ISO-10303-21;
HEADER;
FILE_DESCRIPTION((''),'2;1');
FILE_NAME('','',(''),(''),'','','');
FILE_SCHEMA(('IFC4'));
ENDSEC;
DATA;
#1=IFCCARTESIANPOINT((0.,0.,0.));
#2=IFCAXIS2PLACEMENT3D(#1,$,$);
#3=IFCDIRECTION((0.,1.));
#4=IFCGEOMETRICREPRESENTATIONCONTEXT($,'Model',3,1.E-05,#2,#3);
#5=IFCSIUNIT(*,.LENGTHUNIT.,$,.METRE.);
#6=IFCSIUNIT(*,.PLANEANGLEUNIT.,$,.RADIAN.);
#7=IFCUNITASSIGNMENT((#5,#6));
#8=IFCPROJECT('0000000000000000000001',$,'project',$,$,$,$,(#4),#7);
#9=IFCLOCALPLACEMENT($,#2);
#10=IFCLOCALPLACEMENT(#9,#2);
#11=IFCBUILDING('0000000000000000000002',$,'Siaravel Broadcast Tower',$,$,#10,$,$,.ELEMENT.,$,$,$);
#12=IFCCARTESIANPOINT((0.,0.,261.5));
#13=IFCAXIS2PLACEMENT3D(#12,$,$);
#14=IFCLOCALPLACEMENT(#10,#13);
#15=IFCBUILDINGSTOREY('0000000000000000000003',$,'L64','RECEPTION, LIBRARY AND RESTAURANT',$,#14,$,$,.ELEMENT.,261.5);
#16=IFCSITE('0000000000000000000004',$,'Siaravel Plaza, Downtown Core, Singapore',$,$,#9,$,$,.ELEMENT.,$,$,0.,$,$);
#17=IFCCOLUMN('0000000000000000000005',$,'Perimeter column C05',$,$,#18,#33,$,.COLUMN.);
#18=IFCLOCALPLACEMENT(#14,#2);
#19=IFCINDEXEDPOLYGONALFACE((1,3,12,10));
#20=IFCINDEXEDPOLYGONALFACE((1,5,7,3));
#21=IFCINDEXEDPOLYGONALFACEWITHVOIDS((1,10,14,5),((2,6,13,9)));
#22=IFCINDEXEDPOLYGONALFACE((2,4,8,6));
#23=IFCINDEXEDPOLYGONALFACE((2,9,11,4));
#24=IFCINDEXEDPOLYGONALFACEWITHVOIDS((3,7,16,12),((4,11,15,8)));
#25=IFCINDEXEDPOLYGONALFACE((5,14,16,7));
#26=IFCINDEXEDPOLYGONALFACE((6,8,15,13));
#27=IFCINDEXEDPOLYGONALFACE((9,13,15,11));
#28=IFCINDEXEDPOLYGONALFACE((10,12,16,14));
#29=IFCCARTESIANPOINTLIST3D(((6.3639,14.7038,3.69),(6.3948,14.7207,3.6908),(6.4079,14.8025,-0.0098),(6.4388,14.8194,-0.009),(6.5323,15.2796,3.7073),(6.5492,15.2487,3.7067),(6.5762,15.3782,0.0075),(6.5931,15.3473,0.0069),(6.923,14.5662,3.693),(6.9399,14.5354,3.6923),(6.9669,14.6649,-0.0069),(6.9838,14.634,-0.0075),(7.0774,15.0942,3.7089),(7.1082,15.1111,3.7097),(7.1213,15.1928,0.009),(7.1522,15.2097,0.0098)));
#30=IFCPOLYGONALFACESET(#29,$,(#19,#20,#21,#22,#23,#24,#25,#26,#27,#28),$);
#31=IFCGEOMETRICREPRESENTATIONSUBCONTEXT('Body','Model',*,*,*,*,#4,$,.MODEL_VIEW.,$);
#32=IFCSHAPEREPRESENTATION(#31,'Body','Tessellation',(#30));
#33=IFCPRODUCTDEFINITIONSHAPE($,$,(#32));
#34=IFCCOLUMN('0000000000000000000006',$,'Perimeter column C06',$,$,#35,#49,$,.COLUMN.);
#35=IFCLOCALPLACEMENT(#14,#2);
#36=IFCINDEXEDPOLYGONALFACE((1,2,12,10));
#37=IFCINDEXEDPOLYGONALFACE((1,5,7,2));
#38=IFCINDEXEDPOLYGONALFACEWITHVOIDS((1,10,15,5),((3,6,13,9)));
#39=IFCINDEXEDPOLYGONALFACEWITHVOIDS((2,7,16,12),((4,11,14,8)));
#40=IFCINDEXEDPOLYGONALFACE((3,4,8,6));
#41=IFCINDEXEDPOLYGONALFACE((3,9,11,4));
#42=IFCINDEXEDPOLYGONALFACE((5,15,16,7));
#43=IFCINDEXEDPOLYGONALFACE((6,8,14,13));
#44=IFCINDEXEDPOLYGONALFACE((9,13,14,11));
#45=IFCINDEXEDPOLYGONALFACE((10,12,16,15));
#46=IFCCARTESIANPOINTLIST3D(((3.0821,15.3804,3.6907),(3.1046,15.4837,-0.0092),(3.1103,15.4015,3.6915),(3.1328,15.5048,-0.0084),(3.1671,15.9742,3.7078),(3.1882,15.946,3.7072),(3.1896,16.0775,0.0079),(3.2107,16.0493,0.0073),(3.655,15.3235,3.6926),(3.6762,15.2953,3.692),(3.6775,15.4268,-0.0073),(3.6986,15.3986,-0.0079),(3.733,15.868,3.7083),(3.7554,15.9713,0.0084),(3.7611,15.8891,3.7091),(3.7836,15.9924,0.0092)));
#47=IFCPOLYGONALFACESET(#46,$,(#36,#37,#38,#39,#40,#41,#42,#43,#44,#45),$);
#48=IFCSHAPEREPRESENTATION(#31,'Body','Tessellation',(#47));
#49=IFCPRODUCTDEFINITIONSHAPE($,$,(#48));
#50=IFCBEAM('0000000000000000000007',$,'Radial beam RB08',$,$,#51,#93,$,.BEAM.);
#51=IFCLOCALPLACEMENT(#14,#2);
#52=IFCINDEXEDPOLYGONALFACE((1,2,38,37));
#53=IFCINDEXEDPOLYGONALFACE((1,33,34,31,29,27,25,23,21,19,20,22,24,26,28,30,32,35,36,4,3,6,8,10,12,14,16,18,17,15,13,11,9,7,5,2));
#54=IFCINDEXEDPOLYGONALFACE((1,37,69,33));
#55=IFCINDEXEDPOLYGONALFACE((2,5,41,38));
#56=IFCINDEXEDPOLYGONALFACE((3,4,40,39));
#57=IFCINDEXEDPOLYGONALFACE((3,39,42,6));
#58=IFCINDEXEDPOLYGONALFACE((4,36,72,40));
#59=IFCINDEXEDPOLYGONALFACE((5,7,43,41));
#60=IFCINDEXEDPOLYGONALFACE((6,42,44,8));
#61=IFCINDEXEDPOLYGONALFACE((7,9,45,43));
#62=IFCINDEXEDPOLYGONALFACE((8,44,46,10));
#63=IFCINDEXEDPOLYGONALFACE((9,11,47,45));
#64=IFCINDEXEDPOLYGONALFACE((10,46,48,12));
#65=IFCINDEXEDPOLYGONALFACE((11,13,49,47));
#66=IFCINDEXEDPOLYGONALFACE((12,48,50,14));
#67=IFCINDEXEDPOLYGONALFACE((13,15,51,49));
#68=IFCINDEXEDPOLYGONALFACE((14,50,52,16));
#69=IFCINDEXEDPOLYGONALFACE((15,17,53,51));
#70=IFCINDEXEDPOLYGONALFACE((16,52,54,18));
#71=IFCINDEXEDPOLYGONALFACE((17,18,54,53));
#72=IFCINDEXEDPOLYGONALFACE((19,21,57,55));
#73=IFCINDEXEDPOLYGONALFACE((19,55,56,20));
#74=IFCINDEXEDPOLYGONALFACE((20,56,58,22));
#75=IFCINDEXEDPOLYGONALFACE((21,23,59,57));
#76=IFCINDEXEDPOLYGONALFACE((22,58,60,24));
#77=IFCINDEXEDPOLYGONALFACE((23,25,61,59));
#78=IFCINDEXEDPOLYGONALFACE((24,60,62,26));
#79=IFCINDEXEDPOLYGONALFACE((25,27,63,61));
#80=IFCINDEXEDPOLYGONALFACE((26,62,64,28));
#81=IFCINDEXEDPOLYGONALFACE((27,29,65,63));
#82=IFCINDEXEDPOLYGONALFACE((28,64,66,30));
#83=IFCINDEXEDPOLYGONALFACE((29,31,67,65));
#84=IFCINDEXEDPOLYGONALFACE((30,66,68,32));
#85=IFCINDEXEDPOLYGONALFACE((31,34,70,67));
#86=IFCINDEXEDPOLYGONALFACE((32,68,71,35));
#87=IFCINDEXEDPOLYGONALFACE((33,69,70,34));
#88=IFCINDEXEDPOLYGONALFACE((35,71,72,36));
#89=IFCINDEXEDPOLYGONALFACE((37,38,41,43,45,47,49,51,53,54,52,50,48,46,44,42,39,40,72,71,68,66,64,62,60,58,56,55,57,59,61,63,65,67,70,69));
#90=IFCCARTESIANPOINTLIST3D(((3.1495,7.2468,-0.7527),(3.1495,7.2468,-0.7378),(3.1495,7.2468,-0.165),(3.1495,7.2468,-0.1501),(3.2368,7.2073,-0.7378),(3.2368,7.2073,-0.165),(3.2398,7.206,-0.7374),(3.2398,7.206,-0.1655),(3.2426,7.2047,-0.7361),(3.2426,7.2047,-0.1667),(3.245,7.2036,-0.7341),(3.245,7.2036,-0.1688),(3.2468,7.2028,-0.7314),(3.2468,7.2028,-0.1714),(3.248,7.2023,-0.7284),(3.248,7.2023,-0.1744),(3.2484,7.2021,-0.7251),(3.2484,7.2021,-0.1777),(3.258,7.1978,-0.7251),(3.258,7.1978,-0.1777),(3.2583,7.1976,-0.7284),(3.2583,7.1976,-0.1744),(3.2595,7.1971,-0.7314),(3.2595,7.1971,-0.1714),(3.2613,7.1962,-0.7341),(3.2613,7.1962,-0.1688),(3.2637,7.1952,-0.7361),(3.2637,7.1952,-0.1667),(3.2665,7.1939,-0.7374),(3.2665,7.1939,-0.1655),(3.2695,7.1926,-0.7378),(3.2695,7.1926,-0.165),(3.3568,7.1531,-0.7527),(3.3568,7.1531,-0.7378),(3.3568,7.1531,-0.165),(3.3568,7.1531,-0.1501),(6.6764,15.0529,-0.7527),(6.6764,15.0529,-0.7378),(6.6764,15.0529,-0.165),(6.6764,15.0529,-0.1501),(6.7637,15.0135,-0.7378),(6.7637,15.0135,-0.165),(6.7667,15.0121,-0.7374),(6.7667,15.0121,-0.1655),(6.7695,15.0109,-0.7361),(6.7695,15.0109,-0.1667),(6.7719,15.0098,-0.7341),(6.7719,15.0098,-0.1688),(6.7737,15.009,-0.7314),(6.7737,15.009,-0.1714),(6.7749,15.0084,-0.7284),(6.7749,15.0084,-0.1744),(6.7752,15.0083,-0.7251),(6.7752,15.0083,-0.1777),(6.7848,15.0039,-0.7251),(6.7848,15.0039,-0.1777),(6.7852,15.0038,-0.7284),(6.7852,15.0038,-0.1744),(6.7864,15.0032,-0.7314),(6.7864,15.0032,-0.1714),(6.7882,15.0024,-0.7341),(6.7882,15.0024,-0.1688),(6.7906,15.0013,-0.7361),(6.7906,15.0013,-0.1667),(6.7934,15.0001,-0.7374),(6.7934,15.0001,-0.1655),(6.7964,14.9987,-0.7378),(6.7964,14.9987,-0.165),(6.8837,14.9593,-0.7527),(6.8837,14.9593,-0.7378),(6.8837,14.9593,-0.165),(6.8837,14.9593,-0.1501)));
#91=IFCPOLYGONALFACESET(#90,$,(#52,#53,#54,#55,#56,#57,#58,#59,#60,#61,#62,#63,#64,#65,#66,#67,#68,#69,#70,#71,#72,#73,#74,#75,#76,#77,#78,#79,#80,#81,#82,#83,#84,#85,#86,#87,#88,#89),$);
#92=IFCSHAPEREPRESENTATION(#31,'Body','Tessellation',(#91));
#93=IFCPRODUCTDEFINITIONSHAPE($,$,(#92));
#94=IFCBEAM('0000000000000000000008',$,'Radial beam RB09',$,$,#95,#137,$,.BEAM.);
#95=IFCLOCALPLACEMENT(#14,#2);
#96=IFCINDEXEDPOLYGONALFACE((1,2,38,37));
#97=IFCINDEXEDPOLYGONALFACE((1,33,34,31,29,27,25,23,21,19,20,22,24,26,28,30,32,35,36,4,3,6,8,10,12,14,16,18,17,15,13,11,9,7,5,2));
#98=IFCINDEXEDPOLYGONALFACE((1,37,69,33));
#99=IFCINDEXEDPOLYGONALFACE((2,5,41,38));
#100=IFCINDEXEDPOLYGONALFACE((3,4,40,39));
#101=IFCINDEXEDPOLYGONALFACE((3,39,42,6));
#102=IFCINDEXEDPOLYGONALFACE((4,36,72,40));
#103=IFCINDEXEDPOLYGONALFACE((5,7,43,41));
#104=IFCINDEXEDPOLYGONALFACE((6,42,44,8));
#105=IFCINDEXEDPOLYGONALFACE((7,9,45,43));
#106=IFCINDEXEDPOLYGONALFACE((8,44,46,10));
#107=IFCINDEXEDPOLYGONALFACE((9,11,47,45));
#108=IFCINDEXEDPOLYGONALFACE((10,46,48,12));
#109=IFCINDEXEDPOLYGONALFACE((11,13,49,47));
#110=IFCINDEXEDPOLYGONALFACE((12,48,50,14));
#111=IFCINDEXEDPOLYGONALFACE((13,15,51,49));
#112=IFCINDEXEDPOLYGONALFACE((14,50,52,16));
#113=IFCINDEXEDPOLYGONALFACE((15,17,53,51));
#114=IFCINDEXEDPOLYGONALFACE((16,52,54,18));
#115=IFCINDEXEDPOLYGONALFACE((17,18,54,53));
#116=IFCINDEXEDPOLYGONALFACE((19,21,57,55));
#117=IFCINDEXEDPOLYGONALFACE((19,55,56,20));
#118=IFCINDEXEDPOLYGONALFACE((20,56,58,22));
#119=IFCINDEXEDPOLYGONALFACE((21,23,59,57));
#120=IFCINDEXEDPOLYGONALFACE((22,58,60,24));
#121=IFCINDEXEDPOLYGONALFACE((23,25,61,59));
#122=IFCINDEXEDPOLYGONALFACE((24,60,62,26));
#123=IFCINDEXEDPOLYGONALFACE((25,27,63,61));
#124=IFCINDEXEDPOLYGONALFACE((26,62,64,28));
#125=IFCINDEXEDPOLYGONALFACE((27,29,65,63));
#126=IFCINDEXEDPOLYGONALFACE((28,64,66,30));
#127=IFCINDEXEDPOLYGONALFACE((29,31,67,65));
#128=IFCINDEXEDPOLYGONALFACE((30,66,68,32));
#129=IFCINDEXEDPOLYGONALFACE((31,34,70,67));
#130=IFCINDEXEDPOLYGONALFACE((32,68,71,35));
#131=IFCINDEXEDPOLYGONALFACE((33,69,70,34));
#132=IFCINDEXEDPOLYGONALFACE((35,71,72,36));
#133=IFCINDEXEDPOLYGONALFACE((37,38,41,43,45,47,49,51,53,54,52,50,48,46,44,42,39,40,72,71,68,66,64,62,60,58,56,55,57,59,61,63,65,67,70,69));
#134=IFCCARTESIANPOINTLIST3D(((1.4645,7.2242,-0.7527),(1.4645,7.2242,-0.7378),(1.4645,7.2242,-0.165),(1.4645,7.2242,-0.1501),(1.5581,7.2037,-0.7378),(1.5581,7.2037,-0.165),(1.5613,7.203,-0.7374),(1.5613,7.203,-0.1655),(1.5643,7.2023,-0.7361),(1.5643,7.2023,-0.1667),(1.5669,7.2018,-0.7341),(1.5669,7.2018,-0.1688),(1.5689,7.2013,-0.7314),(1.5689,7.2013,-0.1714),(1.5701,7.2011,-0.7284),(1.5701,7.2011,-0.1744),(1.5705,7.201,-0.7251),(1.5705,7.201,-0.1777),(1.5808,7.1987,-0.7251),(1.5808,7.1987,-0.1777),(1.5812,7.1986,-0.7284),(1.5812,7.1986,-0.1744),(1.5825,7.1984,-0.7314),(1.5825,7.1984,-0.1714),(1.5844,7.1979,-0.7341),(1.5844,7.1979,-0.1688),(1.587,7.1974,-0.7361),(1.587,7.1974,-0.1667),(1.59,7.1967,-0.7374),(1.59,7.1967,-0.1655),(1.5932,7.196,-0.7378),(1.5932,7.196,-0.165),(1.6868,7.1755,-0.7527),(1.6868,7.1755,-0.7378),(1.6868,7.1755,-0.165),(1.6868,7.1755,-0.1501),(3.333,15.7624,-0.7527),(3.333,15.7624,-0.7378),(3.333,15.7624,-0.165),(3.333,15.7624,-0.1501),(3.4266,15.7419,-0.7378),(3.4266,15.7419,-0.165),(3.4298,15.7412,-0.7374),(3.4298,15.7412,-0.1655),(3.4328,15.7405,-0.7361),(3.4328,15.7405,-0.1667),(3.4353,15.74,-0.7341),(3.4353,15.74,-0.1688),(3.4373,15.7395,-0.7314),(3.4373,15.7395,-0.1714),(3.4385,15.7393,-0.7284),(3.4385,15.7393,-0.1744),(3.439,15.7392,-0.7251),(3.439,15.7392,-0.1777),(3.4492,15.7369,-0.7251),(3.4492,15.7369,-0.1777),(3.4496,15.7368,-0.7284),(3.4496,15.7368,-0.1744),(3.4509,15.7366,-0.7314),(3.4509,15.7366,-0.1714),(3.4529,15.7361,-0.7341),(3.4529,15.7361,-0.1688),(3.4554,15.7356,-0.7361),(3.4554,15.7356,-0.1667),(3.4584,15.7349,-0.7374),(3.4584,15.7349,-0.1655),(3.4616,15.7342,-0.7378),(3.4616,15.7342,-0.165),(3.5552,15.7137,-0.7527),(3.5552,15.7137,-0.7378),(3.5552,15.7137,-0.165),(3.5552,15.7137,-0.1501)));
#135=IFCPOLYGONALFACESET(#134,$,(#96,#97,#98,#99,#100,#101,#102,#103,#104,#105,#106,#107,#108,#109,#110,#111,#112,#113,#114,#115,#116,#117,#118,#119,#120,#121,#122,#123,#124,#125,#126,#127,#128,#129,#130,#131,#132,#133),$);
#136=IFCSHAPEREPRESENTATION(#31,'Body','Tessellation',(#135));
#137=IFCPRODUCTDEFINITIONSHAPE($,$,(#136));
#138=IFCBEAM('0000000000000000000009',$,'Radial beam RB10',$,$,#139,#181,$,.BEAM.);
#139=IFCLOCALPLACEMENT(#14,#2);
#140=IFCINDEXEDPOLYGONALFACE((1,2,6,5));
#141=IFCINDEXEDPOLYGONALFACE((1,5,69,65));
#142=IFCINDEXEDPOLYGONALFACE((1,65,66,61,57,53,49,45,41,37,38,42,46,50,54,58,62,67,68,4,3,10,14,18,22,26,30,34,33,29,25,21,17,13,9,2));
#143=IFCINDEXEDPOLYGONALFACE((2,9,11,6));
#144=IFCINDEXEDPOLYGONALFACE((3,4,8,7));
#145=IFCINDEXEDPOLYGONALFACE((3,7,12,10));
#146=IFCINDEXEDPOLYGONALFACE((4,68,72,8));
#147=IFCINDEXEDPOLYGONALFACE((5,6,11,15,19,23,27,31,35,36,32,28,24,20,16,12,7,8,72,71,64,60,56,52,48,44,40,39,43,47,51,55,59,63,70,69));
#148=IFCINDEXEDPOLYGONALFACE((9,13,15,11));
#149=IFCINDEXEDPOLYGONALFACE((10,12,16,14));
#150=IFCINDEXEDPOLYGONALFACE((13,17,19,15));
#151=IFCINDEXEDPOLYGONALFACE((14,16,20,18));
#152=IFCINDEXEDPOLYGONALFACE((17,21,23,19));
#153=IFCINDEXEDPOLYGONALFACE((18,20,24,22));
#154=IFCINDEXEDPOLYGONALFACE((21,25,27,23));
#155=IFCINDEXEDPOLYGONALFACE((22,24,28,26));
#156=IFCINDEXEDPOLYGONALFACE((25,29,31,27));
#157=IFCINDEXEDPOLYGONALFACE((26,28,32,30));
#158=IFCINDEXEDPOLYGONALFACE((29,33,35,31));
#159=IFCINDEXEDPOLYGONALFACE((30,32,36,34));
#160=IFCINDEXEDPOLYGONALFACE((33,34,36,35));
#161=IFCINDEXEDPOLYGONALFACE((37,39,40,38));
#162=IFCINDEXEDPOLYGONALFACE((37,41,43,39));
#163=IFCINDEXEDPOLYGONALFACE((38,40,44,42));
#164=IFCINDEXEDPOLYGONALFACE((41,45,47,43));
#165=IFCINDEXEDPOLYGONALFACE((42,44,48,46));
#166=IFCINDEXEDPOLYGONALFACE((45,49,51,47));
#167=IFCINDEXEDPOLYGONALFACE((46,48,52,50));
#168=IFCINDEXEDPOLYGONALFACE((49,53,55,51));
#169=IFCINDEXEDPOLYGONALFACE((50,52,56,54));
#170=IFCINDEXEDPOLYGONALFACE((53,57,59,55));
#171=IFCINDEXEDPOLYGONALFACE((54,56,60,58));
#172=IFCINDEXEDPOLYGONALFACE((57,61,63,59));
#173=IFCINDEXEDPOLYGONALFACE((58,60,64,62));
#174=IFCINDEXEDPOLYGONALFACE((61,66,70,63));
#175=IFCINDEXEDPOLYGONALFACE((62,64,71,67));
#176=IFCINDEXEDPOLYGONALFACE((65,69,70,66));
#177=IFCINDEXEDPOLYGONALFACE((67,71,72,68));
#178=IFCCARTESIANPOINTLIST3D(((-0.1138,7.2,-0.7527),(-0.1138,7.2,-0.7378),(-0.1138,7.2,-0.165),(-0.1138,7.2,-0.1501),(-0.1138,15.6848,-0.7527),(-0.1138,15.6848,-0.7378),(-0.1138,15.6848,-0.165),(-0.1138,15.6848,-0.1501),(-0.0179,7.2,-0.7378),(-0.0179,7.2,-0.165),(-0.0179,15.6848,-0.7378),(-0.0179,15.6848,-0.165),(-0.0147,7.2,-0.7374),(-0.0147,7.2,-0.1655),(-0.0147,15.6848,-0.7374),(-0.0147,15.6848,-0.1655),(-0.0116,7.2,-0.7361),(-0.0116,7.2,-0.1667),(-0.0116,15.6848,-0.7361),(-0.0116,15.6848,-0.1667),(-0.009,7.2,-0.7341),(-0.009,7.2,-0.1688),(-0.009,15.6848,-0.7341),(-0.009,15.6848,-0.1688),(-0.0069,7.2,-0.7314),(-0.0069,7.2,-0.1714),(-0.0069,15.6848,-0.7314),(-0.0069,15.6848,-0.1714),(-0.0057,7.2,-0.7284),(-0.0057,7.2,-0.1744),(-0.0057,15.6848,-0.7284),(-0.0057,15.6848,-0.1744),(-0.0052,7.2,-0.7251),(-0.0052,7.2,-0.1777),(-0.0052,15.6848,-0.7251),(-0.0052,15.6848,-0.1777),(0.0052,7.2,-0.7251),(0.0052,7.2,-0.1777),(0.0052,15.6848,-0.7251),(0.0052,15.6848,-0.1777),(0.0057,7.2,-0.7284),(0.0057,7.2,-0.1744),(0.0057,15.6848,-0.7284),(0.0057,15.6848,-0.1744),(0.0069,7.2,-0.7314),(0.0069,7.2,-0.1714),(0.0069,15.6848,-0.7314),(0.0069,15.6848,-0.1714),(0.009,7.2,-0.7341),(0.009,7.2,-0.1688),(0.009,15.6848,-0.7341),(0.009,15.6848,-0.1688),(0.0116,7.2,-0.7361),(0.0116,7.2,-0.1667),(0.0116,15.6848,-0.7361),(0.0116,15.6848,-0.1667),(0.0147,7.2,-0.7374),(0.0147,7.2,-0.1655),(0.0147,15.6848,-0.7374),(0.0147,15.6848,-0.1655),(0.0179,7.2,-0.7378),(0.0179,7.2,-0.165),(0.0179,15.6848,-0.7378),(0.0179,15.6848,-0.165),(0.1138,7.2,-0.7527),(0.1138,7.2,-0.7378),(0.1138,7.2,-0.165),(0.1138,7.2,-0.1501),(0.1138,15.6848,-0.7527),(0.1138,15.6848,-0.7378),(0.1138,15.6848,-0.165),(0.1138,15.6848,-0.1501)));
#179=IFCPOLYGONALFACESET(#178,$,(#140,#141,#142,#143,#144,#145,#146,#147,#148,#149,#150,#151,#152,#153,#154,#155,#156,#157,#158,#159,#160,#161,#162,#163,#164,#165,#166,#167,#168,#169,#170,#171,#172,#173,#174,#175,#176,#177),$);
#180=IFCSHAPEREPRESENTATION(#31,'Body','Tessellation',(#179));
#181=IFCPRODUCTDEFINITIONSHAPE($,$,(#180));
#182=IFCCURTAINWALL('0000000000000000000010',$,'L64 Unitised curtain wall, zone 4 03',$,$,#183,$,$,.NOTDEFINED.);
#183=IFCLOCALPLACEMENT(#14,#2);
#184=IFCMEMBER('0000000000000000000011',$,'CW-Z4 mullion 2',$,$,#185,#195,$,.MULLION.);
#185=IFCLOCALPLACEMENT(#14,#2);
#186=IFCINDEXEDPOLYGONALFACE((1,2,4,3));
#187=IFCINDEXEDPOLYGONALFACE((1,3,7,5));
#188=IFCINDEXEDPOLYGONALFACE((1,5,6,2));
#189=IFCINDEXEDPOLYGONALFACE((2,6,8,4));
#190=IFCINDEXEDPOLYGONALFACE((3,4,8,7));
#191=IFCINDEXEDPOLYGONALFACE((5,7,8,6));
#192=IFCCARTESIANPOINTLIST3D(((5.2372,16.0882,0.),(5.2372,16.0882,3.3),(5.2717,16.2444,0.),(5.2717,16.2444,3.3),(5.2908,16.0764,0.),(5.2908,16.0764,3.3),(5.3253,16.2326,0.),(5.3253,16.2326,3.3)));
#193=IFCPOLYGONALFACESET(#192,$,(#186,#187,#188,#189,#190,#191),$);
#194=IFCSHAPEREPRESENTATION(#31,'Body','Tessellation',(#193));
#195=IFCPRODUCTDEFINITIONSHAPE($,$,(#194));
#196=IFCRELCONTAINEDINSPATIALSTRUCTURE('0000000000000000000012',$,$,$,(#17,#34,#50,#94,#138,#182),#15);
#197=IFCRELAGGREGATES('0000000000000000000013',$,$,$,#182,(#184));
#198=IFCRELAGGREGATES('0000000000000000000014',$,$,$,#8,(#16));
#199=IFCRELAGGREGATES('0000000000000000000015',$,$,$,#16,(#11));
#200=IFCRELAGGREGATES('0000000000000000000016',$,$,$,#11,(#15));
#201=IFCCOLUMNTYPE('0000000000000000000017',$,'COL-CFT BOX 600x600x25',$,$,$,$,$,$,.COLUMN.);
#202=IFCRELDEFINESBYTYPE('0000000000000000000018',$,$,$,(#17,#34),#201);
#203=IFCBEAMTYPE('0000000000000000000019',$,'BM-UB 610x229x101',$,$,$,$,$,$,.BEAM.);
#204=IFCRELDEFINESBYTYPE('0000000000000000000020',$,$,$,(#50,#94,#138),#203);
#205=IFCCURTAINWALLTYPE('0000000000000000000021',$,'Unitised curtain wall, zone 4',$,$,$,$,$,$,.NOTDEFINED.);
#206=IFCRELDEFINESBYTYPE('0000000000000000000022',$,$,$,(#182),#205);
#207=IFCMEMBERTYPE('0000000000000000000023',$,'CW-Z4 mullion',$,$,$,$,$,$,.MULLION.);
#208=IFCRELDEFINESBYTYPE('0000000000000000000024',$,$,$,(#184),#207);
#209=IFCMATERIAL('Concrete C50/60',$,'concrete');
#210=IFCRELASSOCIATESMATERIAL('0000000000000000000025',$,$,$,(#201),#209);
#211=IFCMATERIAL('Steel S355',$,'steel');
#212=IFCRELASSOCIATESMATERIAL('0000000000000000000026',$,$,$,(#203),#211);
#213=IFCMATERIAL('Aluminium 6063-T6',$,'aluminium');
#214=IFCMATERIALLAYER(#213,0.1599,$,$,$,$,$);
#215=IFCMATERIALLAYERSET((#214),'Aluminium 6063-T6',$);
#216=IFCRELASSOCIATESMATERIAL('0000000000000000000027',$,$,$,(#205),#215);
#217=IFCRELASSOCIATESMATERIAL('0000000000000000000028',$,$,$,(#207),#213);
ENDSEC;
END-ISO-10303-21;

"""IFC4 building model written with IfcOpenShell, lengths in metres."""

from ifc_helpers import new_model, si_unit, direction, frame, origin, origin_2d, place, context, subcontext, project, spatial, rectangle, hollow_rectangle, i_section, extrude, material, layer, layer_set, material_profile, profile_set, type_object, element, aggregate, save


model = new_model("IFC4")

# Units and contexts
model_context = context("Model", 3, precision=1e-05, world=origin(), true_north=direction((0.0, 1.0)))
body_context = subcontext(model_context, "Body", "Model", "MODEL_VIEW")
ifc_project = project(units=[si_unit("LENGTHUNIT", "METRE"), si_unit("PLANEANGLEUNIT", "RADIAN")], contexts=[model_context])

# Site, building, storey
site_placement = place(None, origin())
site = spatial("IfcSite", under=ifc_project, at=site_placement, Name="Siaravel Plaza, Downtown Core, Singapore", CompositionType="ELEMENT", RefElevation=0.0)
building_placement = place(site_placement, origin())
building = spatial("IfcBuilding", under=site, at=building_placement, Name="Siaravel Broadcast Tower", CompositionType="ELEMENT")
storey_placement = place(building_placement, frame((0.0, 0.0, 261.5)))
storey = spatial("IfcBuildingStorey", under=building, at=storey_placement, Name="L64", Description="RECEPTION, LIBRARY AND RESTAURANT", CompositionType="ELEMENT", Elevation=261.5)

# Columns
ifc_material_1 = material(Name="Concrete C50/60", Category="concrete")
ifc_material_profile_1 = material_profile(ifc_material_1, hollow_rectangle(XDim=0.6001, YDim=0.6001, WallThickness=0.0249, at=origin_2d()))
ifc_profile_set_1 = profile_set([ifc_material_profile_1], Name="Concrete C50/60")
column_type = type_object("IfcColumnType", Name="COL-CFT BOX 600x600x25", PredefinedType="COLUMN", material=ifc_profile_set_1)
for number, where, z_axis, x_axis, name in (
    (1, (6.78, 15.0061, 0.0), (-0.011872, -0.026647, 0.999574), (0.959772, -0.280754, 0.003915), "Perimeter column C05"),
    (2, (3.4441, 15.738, 0.0), (-0.006068, -0.0279, 0.999592), (0.989905, -0.141714, 0.002054), "Perimeter column C06"),
):
    element("IfcColumn", number, at=place(storey_placement, frame(where, z_axis=z_axis, x_axis=x_axis)), inside=storey, type_object=column_type, Name=name, PredefinedType="COLUMN", context=body_context, shape_type="SweptSolid", body=[
        extrude(hollow_rectangle(XDim=0.6001, YDim=0.6001, WallThickness=0.0249, at=origin_2d()), origin(), (0.0, 0.0, 1.0), 3.7014),
    ])

# Beams
ifc_material_2 = material(Name="Steel S355", Category="steel")
ifc_material_profile_2 = material_profile(ifc_material_2, i_section(OverallWidth=0.2275, OverallDepth=0.6025, WebThickness=0.0105, FlangeThickness=0.0149, FilletRadius=0.0127, at=origin_2d()))
ifc_profile_set_2 = profile_set([ifc_material_profile_2], Name="Steel S355")
beam_type = type_object("IfcBeamType", Name="BM-UB 610x229x101", PredefinedType="BEAM", material=ifc_profile_set_2)
beam_1_placement = place(storey_placement, frame((6.78, 15.0061, -0.4514), z_axis=(-0.411732, -0.911305, 0.0), x_axis=(0.911305, -0.411732, 0.0)))
element("IfcBeam", 3, at=beam_1_placement, inside=storey, type_object=beam_type, Name="Radial beam RB08", PredefinedType="BEAM", context=body_context, shape_type="SweptSolid", body=[
    extrude(i_section(OverallWidth=0.2275, OverallDepth=0.6025, WebThickness=0.0105, FlangeThickness=0.0149, FilletRadius=0.0127, at=origin_2d()), origin(), (0.0, 0.0, 1.0), 8.5659),
])
beam_2_placement = place(storey_placement, frame((3.4441, 15.738, -0.4514), z_axis=(-0.213774, -0.976883, 0.0), x_axis=(0.976883, -0.213774, 0.0)))
element("IfcBeam", 4, at=beam_2_placement, inside=storey, type_object=beam_type, Name="Radial beam RB09", PredefinedType="BEAM", context=body_context, shape_type="SweptSolid", body=[
    extrude(i_section(OverallWidth=0.2275, OverallDepth=0.6025, WebThickness=0.0105, FlangeThickness=0.0149, FilletRadius=0.0127, at=origin_2d()), origin(), (0.0, 0.0, 1.0), 8.7402),
])
beam_3_placement = place(storey_placement, frame((0.0, 15.6848, -0.4514), z_axis=(0.0, -1.0, 0.0), x_axis=(1.0, 0.0, 0.0)))
element("IfcBeam", 5, at=beam_3_placement, inside=storey, type_object=beam_type, Name="Radial beam RB10", PredefinedType="BEAM", context=body_context, shape_type="SweptSolid", body=[
    extrude(i_section(OverallWidth=0.2275, OverallDepth=0.6025, WebThickness=0.0105, FlangeThickness=0.0149, FilletRadius=0.0127, at=origin_2d()), origin(), (0.0, 0.0, 1.0), 8.4849),
])

# Curtain wall, member
ifc_material_3 = material(Name="Aluminium 6063-T6", Category="aluminium")
ifc_layer_1 = layer(ifc_material_3, 0.1599)
ifc_layer_set_1 = layer_set([ifc_layer_1], Name="Aluminium 6063-T6")
curtain_wall_type = type_object("IfcCurtainWallType", Name="Unitised curtain wall, zone 4", PredefinedType="NOTDEFINED", material=ifc_layer_set_1)
curtain_wall_placement = place(storey_placement, origin())
curtain_wall = element("IfcCurtainWall", 6, at=curtain_wall_placement, inside=storey, type_object=curtain_wall_type, Name="L64 Unitised curtain wall, zone 4 03", PredefinedType="NOTDEFINED")
ifc_material_profile_3 = material_profile(ifc_material_3, rectangle(XDim=0.1599, YDim=0.0549, at=origin_2d()))
ifc_profile_set_3 = profile_set([ifc_material_profile_3], Name="Aluminium 6063-T6")
member_type_1 = type_object("IfcMemberType", Name="CW-Z4 mullion", PredefinedType="MULLION", material=ifc_profile_set_3)
member_1_placement = place(storey_placement, frame((5.2812, 16.1604, 0.0), z_axis=(0.0, 0.0, 1.0), x_axis=(-0.215559, -0.976491, 0.0)))
member_1 = element("IfcMember", 7, at=member_1_placement, type_object=member_type_1, Name="CW-Z4 mullion 2", PredefinedType="MULLION", context=body_context, shape_type="SweptSolid", body=[
    extrude(rectangle(XDim=0.1599, YDim=0.0549, at=origin_2d()), origin(), (0.0, 0.0, 1.0), 3.3),
])

aggregate(curtain_wall, [member_1])

save(model, "model.ifc")
